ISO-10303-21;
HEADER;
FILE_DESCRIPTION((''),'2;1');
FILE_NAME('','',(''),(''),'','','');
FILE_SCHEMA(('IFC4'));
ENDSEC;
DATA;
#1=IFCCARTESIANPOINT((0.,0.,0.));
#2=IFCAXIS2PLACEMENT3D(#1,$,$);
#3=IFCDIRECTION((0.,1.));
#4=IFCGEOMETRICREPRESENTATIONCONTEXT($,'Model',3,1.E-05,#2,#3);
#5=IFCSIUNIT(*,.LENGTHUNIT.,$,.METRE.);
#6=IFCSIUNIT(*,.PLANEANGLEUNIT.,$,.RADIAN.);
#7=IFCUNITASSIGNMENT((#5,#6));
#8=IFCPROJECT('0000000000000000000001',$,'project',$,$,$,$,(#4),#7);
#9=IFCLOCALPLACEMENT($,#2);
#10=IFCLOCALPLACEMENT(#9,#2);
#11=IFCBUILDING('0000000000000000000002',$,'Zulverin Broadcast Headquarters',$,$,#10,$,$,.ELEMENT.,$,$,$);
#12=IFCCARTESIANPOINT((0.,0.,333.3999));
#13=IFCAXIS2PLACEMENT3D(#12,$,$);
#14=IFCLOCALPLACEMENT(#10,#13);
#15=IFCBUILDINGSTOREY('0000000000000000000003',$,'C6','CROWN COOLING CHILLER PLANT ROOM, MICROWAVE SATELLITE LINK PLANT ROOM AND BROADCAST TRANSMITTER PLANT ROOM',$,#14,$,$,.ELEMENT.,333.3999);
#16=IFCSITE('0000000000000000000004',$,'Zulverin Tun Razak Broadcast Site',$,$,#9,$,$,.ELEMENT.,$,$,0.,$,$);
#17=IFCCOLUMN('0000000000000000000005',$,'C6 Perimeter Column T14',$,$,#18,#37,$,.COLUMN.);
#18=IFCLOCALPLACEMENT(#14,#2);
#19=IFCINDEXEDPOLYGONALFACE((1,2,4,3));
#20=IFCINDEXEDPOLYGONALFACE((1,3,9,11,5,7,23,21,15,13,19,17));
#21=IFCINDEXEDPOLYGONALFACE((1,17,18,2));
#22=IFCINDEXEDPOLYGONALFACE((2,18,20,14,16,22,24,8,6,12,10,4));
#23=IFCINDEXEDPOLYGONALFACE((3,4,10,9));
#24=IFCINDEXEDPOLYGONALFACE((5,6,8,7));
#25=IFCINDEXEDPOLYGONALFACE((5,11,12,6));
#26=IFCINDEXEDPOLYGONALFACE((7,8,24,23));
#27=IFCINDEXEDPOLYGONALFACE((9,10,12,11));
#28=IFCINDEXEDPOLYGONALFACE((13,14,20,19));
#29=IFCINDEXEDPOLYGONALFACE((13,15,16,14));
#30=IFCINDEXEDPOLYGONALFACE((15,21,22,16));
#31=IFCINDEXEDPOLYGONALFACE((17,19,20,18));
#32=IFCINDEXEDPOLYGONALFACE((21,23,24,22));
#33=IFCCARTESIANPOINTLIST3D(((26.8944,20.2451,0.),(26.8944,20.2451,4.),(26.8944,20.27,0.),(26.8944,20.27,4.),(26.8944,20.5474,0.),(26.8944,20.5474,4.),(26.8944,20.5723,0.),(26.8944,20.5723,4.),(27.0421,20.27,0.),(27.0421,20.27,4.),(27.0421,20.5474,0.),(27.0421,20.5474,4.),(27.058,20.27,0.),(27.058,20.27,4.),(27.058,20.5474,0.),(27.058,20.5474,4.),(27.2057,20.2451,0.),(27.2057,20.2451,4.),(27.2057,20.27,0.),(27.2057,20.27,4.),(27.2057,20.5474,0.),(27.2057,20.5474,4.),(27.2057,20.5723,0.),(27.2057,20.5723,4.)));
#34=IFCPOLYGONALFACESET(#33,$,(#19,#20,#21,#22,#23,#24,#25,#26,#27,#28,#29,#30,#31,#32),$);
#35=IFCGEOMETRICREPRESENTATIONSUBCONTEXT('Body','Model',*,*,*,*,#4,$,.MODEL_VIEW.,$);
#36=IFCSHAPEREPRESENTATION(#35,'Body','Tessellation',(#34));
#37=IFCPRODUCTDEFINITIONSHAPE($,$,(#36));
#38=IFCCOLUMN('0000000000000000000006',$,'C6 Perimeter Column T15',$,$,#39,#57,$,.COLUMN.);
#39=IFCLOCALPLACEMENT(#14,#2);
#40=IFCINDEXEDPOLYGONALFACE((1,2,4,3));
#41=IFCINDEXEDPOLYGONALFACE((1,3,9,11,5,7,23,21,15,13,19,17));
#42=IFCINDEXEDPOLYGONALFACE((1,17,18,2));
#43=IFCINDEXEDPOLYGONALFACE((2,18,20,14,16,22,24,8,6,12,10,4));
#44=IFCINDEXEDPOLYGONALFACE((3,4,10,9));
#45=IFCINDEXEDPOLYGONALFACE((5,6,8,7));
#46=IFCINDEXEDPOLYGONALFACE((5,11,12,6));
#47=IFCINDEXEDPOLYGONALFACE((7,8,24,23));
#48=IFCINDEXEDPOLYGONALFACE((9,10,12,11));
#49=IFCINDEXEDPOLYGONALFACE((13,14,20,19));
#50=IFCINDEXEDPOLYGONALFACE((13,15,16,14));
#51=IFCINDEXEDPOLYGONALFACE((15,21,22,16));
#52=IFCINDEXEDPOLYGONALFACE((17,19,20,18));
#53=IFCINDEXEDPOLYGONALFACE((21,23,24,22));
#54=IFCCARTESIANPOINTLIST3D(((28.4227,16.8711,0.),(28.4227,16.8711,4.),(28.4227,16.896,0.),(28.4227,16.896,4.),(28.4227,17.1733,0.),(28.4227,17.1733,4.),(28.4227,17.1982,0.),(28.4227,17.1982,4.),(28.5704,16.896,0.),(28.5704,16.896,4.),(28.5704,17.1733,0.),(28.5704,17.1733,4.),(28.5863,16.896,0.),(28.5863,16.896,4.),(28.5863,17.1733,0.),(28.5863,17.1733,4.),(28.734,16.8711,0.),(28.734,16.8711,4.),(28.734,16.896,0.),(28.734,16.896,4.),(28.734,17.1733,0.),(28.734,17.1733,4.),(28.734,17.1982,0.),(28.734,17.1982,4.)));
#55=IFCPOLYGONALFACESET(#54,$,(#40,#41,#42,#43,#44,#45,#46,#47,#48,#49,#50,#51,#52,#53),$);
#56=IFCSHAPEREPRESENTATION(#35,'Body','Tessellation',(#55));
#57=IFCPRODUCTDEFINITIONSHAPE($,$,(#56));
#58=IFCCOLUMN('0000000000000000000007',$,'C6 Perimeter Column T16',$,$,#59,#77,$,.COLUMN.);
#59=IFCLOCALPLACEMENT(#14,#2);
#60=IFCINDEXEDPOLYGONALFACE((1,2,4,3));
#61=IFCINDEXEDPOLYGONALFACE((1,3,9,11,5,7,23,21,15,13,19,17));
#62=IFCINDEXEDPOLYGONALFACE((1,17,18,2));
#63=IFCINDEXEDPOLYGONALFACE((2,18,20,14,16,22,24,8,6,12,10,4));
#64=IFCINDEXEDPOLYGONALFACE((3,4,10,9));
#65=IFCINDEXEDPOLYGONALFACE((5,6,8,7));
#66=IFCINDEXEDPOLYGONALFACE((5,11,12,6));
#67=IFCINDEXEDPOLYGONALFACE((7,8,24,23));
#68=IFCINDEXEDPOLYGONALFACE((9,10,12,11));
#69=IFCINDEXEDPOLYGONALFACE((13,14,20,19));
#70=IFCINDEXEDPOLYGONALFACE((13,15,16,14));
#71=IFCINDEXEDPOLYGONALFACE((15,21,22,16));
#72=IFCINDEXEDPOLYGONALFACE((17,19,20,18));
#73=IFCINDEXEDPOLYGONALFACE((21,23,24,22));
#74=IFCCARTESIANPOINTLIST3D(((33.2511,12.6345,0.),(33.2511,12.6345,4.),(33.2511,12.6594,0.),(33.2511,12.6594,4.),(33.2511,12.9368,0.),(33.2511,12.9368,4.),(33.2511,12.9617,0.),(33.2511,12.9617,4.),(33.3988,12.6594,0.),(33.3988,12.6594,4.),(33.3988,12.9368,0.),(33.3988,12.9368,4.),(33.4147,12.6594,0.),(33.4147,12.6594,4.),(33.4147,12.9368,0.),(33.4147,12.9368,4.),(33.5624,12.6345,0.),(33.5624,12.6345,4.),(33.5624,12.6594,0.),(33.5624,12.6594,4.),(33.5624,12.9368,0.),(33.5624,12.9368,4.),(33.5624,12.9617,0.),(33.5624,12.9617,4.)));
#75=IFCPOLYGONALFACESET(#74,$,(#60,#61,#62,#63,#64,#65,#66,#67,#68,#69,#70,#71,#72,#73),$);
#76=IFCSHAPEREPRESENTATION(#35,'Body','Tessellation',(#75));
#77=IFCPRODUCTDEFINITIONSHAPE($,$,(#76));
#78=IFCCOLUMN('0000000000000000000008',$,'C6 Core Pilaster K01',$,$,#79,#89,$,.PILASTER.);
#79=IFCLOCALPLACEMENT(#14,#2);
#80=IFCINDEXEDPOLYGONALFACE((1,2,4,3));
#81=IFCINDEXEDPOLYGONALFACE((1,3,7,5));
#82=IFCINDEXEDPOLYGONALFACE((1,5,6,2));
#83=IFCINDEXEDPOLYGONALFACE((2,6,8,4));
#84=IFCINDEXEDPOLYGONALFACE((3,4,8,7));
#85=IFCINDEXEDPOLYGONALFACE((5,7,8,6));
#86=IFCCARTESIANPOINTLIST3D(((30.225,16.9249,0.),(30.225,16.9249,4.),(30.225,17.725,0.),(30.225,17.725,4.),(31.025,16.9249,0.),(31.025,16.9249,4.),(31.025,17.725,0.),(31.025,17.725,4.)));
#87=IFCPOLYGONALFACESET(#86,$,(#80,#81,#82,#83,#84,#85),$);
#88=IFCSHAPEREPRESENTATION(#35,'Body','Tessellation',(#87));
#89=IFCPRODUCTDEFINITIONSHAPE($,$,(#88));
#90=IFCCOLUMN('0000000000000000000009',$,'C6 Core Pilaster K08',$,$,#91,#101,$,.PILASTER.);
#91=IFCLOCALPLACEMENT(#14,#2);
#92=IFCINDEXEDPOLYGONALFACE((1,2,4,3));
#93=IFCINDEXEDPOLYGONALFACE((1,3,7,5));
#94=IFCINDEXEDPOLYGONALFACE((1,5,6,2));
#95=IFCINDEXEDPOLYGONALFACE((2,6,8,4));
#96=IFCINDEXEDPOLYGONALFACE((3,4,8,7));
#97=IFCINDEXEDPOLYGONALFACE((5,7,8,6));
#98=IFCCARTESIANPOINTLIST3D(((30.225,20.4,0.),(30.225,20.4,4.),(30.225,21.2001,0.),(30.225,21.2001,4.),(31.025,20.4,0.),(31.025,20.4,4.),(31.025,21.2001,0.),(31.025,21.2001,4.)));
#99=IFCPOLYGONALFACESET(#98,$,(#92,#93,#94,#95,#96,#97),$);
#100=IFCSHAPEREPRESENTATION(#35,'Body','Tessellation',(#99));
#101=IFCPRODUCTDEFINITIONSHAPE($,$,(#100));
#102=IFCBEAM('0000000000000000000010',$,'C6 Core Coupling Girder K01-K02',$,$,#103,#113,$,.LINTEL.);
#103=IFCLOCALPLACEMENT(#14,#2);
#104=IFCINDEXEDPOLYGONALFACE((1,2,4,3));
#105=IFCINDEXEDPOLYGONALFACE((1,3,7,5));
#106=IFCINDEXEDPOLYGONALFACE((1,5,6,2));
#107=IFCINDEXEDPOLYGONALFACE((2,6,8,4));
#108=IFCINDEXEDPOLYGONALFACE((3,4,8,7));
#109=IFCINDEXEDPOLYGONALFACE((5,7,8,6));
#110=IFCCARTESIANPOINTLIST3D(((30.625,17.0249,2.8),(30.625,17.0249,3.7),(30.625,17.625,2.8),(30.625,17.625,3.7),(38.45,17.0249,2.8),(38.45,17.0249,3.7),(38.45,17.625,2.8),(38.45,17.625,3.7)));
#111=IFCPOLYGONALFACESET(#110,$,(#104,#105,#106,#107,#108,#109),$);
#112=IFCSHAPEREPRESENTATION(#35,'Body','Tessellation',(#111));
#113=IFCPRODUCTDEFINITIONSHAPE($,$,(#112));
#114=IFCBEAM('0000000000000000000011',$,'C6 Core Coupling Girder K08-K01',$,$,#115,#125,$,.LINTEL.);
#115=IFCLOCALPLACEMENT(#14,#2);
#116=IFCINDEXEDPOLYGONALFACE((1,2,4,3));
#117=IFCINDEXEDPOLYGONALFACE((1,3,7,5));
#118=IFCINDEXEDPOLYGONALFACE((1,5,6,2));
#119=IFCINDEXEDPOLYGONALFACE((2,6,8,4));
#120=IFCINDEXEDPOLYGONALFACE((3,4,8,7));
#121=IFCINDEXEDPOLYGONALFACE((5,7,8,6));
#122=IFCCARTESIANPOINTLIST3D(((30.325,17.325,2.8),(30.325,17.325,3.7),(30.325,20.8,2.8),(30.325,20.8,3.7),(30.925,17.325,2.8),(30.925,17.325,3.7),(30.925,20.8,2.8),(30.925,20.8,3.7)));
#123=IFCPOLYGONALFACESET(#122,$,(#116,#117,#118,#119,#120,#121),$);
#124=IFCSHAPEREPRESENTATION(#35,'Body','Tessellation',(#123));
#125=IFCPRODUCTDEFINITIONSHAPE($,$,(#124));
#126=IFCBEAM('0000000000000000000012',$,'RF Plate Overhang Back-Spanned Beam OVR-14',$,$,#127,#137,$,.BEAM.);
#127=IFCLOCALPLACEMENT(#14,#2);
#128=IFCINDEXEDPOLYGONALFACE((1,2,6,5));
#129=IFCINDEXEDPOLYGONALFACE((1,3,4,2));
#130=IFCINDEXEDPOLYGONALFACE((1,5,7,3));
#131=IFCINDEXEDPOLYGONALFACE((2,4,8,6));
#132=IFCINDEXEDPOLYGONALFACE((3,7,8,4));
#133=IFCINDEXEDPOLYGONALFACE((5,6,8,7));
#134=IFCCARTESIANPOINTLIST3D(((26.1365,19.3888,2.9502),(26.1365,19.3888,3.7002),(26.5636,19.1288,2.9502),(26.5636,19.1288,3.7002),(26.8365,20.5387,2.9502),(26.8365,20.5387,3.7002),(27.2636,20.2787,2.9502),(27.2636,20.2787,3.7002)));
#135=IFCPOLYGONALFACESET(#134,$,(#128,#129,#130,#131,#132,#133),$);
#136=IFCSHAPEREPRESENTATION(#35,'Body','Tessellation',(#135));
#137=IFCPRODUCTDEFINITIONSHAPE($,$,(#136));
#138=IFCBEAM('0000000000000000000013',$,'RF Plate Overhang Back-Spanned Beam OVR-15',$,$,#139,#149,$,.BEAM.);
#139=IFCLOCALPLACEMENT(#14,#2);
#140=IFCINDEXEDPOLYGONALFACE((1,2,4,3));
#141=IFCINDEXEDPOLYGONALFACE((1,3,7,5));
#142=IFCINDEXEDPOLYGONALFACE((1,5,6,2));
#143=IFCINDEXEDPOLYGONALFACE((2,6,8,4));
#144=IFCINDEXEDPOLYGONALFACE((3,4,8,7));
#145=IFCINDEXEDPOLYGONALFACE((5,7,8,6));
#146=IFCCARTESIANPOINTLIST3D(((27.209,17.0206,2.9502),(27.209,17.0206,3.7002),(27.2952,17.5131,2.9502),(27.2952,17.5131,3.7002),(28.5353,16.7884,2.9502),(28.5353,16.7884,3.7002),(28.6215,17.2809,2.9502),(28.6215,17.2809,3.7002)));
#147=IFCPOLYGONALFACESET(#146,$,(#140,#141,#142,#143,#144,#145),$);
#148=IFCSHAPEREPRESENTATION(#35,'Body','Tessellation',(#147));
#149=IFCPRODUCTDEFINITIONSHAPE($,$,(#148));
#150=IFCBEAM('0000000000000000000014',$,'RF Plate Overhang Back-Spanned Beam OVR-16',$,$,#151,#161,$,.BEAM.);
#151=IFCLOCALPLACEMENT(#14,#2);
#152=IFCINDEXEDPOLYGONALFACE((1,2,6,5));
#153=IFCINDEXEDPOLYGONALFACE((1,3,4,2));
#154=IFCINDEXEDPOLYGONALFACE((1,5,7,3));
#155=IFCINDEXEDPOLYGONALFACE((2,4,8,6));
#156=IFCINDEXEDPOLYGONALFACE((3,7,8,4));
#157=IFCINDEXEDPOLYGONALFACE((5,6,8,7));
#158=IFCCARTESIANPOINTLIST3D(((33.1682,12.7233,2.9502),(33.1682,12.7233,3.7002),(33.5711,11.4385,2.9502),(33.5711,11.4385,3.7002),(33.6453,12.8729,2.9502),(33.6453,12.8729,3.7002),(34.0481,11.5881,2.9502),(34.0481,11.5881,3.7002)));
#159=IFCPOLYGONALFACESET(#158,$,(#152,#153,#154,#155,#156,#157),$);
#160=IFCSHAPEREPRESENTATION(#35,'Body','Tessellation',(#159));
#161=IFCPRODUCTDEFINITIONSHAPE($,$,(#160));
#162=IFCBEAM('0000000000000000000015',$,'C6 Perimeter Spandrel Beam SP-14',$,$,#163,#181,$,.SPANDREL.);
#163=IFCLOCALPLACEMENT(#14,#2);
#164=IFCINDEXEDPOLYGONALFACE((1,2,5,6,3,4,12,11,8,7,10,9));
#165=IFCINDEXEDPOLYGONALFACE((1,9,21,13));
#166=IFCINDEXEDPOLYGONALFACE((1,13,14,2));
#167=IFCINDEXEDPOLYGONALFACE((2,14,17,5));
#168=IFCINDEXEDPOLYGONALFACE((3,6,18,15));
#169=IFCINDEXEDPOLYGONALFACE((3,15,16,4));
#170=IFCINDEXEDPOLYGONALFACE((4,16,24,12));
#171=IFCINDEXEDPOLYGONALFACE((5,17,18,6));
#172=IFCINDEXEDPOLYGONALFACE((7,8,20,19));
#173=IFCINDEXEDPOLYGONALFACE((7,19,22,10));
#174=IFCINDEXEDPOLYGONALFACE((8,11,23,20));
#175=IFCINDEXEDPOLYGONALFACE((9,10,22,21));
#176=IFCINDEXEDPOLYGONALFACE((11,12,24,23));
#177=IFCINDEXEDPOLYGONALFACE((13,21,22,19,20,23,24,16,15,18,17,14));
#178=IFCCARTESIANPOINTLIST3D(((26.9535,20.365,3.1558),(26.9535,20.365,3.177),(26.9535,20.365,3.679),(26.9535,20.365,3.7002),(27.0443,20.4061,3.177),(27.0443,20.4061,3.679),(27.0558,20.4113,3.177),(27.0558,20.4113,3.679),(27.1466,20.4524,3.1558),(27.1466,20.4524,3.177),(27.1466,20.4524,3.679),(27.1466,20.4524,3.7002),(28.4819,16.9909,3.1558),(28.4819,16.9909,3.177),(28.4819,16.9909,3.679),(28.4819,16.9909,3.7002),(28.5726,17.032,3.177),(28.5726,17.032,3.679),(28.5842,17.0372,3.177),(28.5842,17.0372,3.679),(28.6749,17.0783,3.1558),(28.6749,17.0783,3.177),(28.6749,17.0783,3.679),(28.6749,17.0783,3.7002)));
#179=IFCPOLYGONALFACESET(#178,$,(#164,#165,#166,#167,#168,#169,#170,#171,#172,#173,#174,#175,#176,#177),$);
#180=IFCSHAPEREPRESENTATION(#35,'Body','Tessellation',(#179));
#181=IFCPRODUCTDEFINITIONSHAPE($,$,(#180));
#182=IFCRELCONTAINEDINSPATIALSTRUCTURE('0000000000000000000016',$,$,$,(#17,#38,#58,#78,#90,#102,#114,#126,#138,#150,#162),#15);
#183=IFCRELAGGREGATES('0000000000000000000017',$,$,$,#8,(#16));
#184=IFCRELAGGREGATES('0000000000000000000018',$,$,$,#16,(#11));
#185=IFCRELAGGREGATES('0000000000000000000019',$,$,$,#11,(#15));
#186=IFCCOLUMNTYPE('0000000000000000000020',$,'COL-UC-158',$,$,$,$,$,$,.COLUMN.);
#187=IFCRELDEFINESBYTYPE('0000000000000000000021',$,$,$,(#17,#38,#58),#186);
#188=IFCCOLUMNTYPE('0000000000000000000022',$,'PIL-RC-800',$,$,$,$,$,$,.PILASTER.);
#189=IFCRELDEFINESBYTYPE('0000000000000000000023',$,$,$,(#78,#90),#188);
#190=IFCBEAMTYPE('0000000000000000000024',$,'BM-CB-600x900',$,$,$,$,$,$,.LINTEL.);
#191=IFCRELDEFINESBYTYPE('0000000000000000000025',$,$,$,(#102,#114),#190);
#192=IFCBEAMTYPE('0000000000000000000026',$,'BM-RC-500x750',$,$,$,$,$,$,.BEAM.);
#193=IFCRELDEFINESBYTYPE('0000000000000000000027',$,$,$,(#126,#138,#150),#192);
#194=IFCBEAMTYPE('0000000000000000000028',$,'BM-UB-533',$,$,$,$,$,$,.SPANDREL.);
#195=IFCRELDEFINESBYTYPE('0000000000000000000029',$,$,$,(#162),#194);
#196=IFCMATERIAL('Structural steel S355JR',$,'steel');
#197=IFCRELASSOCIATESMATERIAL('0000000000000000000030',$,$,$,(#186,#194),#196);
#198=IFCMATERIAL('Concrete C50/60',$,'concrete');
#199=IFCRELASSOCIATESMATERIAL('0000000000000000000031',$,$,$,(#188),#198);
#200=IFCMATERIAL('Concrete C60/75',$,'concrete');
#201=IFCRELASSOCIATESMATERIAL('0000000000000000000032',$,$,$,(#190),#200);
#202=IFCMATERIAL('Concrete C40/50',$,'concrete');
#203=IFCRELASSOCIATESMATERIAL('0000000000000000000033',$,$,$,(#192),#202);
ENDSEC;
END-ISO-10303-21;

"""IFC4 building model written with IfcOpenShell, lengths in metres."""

from ifc_helpers import new_model, si_unit, direction, frame, origin, origin_2d, place, context, subcontext, project, spatial, rectangle, i_section, extrude, material, material_profile, profile_set, type_object, element, save


model = new_model("IFC4")

# Units and contexts
model_context = context("Model", 3, precision=1e-05, world=origin(), true_north=direction((0.0, 1.0)))
body_context = subcontext(model_context, "Body", "Model", "MODEL_VIEW")
ifc_project = project(units=[si_unit("LENGTHUNIT", "METRE"), si_unit("PLANEANGLEUNIT", "RADIAN")], contexts=[model_context])

# Site, building, storey
site_placement = place(None, origin())
site = spatial("IfcSite", under=ifc_project, at=site_placement, Name="Zulverin Tun Razak Broadcast Site", CompositionType="ELEMENT", RefElevation=0.0)
building_placement = place(site_placement, origin())
building = spatial("IfcBuilding", under=site, at=building_placement, Name="Zulverin Broadcast Headquarters", CompositionType="ELEMENT")
storey_placement = place(building_placement, frame((0.0, 0.0, 333.3999)))
storey = spatial("IfcBuildingStorey", under=building, at=storey_placement, Name="C6", Description="CROWN COOLING CHILLER PLANT ROOM, MICROWAVE SATELLITE LINK PLANT ROOM AND BROADCAST TRANSMITTER PLANT ROOM", CompositionType="ELEMENT", Elevation=333.3999)

# Columns
ifc_material_1 = material(Name="Structural steel S355JR", Category="steel")
ifc_material_profile_1 = material_profile(ifc_material_1, i_section(OverallWidth=0.3113, OverallDepth=0.3271, WebThickness=0.0159, FlangeThickness=0.0249, at=origin_2d()), Name="Structural steel S355JR", Category="steel")
ifc_profile_set_1 = profile_set([ifc_material_profile_1], Name="Structural steel S355JR")
column_type_1 = type_object("IfcColumnType", Name="COL-UC-158", PredefinedType="COLUMN", material=ifc_profile_set_1)
for number, where, z_axis, x_axis, name in (
    (1, (27.05, 20.4087, 0.0), (0.0, 0.0, 1.0), (1.0, 0.0, 0.0), "C6 Perimeter Column T14"),
    (2, (28.5784, 17.0347, 0.0), (0.0, 0.0, 1.0), (1.0, 0.0, 0.0), "C6 Perimeter Column T15"),
    (3, (33.4067, 12.7981, 0.0), (0.0, 0.0, 1.0), (1.0, 0.0, 0.0), "C6 Perimeter Column T16"),
):
    element("IfcColumn", number, at=place(storey_placement, frame(where, z_axis=z_axis, x_axis=x_axis)), inside=storey, type_object=column_type_1, Name=name, PredefinedType="COLUMN", context=body_context, shape_type="SweptSolid", body=[
        extrude(i_section(OverallWidth=0.3113, OverallDepth=0.3271, WebThickness=0.0159, FlangeThickness=0.0249, at=origin_2d()), origin(), (0.0, 0.0, 1.0), 4.0),
    ])
ifc_material_2 = material(Name="Concrete C50/60", Category="concrete")
ifc_material_profile_2 = material_profile(ifc_material_2, rectangle(XDim=0.8, YDim=0.8, at=origin_2d()), Name="Concrete C50/60", Category="concrete")
ifc_profile_set_2 = profile_set([ifc_material_profile_2], Name="Concrete C50/60")
column_type_2 = type_object("IfcColumnType", Name="PIL-RC-800", PredefinedType="PILASTER", material=ifc_profile_set_2)
for number, where, z_axis, x_axis, name in (
    (4, (30.625, 17.325, 0.0), (0.0, 0.0, 1.0), (1.0, 0.0, 0.0), "C6 Core Pilaster K01"),
    (5, (30.625, 20.8, 0.0), (0.0, 0.0, 1.0), (1.0, 0.0, 0.0), "C6 Core Pilaster K08"),
):
    element("IfcColumn", number, at=place(storey_placement, frame(where, z_axis=z_axis, x_axis=x_axis)), inside=storey, type_object=column_type_2, Name=name, PredefinedType="PILASTER", context=body_context, shape_type="SweptSolid", body=[
        extrude(rectangle(XDim=0.8, YDim=0.8, at=origin_2d()), origin(), (0.0, 0.0, 1.0), 4.0),
    ])

# Beams
ifc_material_3 = material(Name="Concrete C60/75", Category="concrete")
ifc_material_profile_3 = material_profile(ifc_material_3, rectangle(XDim=0.6001, YDim=0.8999, at=origin_2d()), Name="Concrete C60/75", Category="concrete")
ifc_profile_set_3 = profile_set([ifc_material_profile_3], Name="Concrete C60/75")
beam_type_1 = type_object("IfcBeamType", Name="BM-CB-600x900", PredefinedType="LINTEL", material=ifc_profile_set_3)
beam_1_placement = place(storey_placement, frame((30.625, 17.325, 3.25), z_axis=(1.0, 0.0, 0.0), x_axis=(0.0, 1.0, 0.0)))
element("IfcBeam", 6, at=beam_1_placement, inside=storey, type_object=beam_type_1, Name="C6 Core Coupling Girder K01-K02", PredefinedType="LINTEL", context=body_context, shape_type="SweptSolid", body=[
    extrude(rectangle(XDim=0.6001, YDim=0.8999, at=origin_2d()), origin(), (0.0, 0.0, 1.0), 7.825),
])
beam_2_placement = place(storey_placement, frame((30.625, 20.8, 3.25), z_axis=(0.0, -1.0, 0.0), x_axis=(1.0, 0.0, 0.0)))
element("IfcBeam", 7, at=beam_2_placement, inside=storey, type_object=beam_type_1, Name="C6 Core Coupling Girder K08-K01", PredefinedType="LINTEL", context=body_context, shape_type="SweptSolid", body=[
    extrude(rectangle(XDim=0.6001, YDim=0.8999, at=origin_2d()), origin(), (0.0, 0.0, 1.0), 3.4751),
])
ifc_material_4 = material(Name="Concrete C40/50", Category="concrete")
ifc_material_profile_4 = material_profile(ifc_material_4, rectangle(XDim=0.5, YDim=0.75, at=origin_2d()), Name="Concrete C40/50", Category="concrete")
ifc_profile_set_4 = profile_set([ifc_material_profile_4], Name="Concrete C40/50")
beam_type_2 = type_object("IfcBeamType", Name="BM-RC-500x750", PredefinedType="BEAM", material=ifc_profile_set_4)
beam_3_placement = place(storey_placement, frame((27.05, 20.4087, 3.3252), z_axis=(-0.519953, -0.854195, 0.0), x_axis=(0.854195, -0.519953, 0.0)))
element("IfcBeam", 8, at=beam_3_placement, inside=storey, type_object=beam_type_2, Name="RF Plate Overhang Back-Spanned Beam OVR-14", PredefinedType="BEAM", context=body_context, shape_type="SweptSolid", body=[
    extrude(rectangle(XDim=0.5, YDim=0.75, at=origin_2d()), origin(), (0.0, 0.0, 1.0), 1.3462),
])
for number, where, z_axis, x_axis, name in (
    (9, (28.5784, 17.0347, 3.3252), (-0.985018, 0.172451, 0.0), (-0.172451, -0.985018, 0.0), "RF Plate Overhang Back-Spanned Beam OVR-15"),
    (10, (33.4067, 12.7981, 3.3252), (0.299204, -0.954189, 0.0), (0.954189, 0.299204, 0.0), "RF Plate Overhang Back-Spanned Beam OVR-16"),
):
    element("IfcBeam", number, at=place(storey_placement, frame(where, z_axis=z_axis, x_axis=x_axis)), inside=storey, type_object=beam_type_2, Name=name, PredefinedType="BEAM", context=body_context, shape_type="SweptSolid", body=[
        extrude(rectangle(XDim=0.5, YDim=0.75, at=origin_2d()), origin(), (0.0, 0.0, 1.0), 1.3464),
    ])
ifc_material_profile_5 = material_profile(ifc_material_1, i_section(OverallWidth=0.2119, OverallDepth=0.5444, WebThickness=0.0127, FlangeThickness=0.0212, at=origin_2d()), Name="Structural steel S355JR", Category="steel")
ifc_profile_set_5 = profile_set([ifc_material_profile_5], Name="Structural steel S355JR")
beam_type_3 = type_object("IfcBeamType", Name="BM-UB-533", PredefinedType="SPANDREL", material=ifc_profile_set_5)
beam_4_placement = place(storey_placement, frame((27.05, 20.4087, 3.428), z_axis=(0.412611, -0.910907, 0.0), x_axis=(0.910907, 0.412611, 0.0)))
element("IfcBeam", 11, at=beam_4_placement, inside=storey, type_object=beam_type_3, Name="C6 Perimeter Spandrel Beam SP-14", PredefinedType="SPANDREL", context=body_context, shape_type="SweptSolid", body=[
    extrude(i_section(OverallWidth=0.2119, OverallDepth=0.5444, WebThickness=0.0127, FlangeThickness=0.0212, at=origin_2d()), origin(), (0.0, 0.0, 1.0), 3.7041),
])

save(model, "model.ifc")
